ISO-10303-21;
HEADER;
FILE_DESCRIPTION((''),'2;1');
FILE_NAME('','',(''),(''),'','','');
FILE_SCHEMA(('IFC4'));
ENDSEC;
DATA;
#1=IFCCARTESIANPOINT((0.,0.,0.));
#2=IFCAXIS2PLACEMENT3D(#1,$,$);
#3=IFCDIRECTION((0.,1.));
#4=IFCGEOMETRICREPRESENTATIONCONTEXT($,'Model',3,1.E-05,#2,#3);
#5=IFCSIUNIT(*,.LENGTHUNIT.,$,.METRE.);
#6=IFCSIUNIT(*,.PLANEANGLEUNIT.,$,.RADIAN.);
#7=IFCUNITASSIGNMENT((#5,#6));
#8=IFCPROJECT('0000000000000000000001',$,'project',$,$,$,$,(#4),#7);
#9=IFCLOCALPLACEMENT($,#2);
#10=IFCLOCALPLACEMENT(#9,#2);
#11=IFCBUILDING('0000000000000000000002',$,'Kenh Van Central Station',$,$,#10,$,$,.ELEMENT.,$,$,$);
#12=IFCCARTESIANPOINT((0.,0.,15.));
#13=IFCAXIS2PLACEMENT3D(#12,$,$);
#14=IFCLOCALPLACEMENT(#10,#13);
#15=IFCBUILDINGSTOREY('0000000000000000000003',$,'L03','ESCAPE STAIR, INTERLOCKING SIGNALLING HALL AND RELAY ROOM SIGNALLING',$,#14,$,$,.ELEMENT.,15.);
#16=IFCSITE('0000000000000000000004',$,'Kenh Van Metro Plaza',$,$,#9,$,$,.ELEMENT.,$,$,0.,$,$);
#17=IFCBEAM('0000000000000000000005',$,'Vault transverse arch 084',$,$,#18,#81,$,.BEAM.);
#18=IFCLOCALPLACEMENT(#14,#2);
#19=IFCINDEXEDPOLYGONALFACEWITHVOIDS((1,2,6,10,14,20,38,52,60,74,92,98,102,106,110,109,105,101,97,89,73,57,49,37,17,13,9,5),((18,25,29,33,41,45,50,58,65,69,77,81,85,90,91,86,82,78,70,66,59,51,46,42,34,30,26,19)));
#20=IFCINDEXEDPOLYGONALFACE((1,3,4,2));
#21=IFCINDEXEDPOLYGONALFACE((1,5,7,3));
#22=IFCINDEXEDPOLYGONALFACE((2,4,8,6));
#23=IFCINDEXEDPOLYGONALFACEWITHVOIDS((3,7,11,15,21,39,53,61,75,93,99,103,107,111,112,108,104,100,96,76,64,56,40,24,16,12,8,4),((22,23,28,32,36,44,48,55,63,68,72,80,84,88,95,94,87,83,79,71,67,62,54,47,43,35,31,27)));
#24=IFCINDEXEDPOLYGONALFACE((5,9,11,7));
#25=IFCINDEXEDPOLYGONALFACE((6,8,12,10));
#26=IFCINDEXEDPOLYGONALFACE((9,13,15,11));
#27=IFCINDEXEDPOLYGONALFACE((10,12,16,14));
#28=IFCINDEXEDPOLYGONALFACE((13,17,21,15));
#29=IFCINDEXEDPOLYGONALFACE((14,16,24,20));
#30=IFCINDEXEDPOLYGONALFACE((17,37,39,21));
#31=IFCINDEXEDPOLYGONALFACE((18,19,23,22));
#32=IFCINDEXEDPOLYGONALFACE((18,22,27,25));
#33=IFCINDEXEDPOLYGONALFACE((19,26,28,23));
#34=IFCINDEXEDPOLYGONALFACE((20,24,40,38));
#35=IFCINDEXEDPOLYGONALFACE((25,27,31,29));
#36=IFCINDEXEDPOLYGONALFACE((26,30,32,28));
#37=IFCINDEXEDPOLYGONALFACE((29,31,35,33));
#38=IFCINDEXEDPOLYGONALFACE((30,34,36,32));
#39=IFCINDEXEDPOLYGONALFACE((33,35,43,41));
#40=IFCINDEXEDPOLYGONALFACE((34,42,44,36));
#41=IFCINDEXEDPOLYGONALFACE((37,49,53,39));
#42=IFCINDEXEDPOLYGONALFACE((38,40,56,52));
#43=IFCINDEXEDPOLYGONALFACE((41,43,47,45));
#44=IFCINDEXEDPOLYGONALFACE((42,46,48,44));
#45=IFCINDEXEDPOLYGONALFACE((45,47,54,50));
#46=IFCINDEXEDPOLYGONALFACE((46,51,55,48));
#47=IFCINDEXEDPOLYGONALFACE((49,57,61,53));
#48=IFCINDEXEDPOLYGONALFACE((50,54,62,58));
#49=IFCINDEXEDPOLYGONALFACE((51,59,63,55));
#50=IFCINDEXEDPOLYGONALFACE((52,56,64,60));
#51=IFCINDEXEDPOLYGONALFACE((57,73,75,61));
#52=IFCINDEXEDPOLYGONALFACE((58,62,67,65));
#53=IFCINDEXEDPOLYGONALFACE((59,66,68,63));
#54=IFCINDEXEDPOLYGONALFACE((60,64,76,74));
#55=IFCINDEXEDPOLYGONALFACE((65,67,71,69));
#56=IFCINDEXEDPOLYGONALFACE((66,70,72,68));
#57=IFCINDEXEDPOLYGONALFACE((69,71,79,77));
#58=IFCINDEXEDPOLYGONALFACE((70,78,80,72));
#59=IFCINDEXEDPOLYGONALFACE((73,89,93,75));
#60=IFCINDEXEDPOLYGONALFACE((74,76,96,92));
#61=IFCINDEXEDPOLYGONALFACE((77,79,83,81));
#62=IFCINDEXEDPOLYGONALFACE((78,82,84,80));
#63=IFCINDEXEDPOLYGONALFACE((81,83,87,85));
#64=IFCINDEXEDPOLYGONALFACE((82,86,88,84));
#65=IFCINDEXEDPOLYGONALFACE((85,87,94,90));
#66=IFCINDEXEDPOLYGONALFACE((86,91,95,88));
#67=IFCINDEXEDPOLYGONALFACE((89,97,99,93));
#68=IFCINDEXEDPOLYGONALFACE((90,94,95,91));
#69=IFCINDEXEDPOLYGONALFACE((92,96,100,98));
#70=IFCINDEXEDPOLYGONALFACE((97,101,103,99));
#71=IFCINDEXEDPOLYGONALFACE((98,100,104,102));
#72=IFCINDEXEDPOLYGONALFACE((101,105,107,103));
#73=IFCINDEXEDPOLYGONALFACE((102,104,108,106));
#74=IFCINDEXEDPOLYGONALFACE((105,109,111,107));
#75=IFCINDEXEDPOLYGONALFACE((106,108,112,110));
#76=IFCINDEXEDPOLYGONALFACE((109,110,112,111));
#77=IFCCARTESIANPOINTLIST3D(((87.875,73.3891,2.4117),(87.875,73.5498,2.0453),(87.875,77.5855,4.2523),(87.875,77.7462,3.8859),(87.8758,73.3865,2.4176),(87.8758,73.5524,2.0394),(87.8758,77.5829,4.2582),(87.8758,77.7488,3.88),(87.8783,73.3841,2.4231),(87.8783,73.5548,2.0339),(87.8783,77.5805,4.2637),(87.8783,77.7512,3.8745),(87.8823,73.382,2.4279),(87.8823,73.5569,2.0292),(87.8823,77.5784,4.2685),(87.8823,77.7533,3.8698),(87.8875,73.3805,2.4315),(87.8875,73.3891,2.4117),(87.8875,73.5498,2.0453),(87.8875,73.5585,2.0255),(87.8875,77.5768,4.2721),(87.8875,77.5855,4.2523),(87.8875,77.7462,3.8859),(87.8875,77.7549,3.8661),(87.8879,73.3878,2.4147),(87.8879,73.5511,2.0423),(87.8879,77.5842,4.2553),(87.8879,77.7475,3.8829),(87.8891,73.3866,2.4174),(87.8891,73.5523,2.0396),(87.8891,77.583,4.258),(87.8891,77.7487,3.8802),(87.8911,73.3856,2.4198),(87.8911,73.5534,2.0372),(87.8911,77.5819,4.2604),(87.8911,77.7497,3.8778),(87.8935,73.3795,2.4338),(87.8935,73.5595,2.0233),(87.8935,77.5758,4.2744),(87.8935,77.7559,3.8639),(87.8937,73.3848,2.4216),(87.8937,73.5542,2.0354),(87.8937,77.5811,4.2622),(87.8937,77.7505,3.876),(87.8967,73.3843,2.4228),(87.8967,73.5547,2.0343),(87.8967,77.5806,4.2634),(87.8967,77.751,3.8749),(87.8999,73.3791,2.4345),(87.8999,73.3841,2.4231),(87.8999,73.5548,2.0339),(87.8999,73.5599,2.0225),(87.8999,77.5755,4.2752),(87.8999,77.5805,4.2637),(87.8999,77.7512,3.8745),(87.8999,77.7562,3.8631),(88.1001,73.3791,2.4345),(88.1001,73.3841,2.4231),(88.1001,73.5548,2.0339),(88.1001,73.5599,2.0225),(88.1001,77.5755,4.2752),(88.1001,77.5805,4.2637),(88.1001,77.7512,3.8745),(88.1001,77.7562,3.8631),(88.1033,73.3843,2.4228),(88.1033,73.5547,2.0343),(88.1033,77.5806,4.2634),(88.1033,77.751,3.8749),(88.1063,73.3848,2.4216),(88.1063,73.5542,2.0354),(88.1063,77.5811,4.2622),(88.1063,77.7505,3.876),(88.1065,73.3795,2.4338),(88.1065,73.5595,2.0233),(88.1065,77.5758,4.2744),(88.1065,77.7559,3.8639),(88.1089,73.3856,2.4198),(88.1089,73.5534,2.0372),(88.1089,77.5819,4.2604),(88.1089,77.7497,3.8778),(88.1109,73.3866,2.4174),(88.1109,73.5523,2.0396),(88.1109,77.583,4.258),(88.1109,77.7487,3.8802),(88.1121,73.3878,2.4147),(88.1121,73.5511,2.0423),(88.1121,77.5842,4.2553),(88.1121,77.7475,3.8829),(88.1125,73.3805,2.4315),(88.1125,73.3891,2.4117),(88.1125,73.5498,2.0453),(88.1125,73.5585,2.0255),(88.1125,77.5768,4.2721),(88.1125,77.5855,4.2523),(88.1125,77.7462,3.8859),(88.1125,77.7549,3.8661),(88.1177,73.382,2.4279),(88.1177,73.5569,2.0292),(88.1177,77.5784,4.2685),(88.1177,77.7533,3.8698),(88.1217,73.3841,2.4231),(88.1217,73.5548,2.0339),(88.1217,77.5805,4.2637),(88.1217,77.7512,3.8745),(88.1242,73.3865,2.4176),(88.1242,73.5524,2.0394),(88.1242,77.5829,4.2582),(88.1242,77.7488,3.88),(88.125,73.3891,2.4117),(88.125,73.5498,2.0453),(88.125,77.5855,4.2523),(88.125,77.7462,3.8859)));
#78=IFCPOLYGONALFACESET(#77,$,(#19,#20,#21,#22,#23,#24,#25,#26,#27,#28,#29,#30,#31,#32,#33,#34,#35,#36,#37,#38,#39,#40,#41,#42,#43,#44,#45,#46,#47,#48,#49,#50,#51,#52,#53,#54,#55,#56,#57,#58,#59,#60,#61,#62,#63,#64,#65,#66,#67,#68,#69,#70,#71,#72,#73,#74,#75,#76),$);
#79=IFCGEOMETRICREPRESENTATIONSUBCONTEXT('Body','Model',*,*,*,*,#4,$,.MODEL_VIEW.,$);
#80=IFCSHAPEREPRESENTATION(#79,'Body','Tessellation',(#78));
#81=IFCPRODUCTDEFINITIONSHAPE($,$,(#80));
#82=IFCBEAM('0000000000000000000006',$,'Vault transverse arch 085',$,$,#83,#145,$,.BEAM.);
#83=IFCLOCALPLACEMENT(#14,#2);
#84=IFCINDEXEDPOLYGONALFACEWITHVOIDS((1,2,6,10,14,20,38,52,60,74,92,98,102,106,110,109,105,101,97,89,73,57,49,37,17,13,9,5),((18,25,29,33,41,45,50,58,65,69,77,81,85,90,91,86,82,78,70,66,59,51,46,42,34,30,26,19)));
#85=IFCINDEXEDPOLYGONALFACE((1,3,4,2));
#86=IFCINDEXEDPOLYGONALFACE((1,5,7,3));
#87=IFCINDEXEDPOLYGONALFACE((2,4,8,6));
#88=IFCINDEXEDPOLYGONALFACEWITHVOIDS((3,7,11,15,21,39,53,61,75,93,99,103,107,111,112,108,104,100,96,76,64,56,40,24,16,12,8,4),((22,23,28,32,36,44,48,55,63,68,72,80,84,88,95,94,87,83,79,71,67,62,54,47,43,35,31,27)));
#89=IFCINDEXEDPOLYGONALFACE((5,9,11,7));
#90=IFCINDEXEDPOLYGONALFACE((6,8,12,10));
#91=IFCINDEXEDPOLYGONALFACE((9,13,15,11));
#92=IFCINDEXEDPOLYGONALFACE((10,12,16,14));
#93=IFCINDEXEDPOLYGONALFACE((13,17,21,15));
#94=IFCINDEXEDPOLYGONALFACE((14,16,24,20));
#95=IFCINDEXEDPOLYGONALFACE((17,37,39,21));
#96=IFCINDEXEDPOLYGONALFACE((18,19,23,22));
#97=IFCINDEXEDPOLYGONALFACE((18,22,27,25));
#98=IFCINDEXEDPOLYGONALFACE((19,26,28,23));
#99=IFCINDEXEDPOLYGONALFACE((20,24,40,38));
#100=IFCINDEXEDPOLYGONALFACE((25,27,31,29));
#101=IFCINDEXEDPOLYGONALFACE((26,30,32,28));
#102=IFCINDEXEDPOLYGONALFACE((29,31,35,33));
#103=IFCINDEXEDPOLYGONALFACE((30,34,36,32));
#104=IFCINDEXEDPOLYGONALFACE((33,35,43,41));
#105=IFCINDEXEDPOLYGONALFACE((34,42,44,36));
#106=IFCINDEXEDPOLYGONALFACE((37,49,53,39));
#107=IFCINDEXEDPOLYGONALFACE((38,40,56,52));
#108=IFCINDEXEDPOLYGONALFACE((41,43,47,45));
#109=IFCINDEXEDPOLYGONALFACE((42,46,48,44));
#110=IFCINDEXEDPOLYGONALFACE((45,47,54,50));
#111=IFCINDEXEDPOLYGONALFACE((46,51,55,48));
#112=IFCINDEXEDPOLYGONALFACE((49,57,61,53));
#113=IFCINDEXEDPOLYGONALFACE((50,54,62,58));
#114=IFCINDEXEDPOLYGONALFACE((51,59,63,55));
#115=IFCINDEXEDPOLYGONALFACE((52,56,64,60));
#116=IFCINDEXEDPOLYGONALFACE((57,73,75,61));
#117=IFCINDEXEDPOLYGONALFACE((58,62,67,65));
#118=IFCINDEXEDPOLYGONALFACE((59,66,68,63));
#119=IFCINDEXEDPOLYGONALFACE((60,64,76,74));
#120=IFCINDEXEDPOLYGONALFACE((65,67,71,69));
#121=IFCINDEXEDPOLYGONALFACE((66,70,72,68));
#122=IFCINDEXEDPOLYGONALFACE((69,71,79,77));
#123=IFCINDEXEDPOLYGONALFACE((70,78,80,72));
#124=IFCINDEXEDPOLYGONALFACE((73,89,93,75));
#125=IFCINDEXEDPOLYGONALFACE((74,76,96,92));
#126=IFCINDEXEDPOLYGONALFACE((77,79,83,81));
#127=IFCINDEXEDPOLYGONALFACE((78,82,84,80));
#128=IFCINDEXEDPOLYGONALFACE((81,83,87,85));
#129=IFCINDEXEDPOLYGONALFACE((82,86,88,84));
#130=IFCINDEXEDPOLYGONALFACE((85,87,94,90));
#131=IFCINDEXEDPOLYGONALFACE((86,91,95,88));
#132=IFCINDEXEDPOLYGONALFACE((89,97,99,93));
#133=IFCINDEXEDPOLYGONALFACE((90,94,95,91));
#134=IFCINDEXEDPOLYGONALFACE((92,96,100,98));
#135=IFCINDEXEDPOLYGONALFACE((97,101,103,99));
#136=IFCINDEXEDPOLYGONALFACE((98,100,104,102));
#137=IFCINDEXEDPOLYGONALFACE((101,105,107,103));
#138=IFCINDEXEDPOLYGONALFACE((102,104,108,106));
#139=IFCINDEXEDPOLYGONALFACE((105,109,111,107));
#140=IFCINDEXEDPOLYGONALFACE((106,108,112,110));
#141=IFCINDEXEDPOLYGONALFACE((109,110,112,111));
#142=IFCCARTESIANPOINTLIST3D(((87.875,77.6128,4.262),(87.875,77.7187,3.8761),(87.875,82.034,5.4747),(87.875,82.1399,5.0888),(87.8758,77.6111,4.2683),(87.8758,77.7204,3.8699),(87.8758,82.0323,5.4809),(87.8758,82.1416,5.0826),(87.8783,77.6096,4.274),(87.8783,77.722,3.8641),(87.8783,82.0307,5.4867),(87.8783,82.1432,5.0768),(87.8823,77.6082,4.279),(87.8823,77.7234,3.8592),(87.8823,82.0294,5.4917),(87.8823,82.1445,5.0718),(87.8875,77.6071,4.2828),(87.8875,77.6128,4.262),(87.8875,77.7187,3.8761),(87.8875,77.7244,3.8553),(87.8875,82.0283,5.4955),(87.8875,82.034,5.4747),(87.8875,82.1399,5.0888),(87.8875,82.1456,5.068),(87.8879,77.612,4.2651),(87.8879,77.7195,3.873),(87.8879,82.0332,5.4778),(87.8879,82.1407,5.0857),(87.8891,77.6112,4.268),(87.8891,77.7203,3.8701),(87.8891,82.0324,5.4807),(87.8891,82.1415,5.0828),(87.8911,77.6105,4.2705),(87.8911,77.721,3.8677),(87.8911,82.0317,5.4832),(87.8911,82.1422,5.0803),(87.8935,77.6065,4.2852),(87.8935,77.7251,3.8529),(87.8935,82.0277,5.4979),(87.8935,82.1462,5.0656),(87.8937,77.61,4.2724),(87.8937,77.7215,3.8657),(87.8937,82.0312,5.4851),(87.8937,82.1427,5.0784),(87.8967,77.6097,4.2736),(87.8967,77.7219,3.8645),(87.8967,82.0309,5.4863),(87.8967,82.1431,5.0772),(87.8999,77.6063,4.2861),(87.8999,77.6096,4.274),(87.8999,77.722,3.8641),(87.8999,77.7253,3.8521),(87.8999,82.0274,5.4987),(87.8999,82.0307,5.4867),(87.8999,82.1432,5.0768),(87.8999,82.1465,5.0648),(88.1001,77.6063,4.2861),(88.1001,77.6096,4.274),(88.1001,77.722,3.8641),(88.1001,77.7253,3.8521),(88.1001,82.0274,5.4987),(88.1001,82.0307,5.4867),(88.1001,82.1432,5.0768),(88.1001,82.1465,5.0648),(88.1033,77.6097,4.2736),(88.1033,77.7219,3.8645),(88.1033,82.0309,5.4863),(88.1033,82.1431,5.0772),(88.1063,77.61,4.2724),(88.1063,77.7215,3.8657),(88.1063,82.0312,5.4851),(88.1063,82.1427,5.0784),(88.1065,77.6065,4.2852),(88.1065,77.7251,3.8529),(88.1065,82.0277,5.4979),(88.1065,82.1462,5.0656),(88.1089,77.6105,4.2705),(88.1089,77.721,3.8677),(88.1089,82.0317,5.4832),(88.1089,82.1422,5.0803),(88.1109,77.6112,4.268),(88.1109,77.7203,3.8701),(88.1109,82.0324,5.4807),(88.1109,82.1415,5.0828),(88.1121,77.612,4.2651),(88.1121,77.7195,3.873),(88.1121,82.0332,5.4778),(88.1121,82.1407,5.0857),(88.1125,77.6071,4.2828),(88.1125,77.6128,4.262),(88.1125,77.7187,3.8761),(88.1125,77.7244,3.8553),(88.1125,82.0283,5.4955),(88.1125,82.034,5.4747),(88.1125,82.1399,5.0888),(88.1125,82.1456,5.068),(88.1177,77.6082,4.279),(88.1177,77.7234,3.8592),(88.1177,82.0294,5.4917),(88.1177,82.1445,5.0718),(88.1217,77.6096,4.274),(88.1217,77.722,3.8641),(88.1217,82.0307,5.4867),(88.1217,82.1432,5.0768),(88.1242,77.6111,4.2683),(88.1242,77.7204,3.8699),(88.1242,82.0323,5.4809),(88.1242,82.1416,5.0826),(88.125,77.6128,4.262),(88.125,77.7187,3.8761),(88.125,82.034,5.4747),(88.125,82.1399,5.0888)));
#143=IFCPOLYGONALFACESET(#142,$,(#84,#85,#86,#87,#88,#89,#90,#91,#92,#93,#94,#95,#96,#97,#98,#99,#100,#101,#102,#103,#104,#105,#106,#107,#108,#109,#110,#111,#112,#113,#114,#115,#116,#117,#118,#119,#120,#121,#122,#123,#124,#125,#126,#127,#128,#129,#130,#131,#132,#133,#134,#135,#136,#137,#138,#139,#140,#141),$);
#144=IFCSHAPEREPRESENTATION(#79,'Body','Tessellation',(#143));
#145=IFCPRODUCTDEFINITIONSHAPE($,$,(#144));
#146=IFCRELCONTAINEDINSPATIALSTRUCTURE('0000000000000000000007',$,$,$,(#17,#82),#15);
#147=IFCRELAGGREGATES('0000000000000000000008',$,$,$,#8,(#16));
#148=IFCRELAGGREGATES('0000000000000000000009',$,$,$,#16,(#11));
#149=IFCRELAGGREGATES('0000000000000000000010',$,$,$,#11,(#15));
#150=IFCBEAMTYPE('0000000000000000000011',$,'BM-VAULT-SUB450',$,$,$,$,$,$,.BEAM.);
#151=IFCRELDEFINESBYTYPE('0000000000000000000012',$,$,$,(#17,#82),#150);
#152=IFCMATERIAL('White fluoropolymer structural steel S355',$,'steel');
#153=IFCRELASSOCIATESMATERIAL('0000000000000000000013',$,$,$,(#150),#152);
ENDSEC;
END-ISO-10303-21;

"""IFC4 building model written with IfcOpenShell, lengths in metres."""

from ifc_helpers import new_model, si_unit, direction, frame, origin, origin_2d, place, context, subcontext, project, spatial, hollow_rectangle, extrude, material, material_profile, profile_set, type_object, element, save


model = new_model("IFC4")

# Units and contexts
model_context = context("Model", 3, precision=1e-05, world=origin(), true_north=direction((0.0, 1.0)))
body_context = subcontext(model_context, "Body", "Model", "MODEL_VIEW")
ifc_project = project(units=[si_unit("LENGTHUNIT", "METRE"), si_unit("PLANEANGLEUNIT", "RADIAN")], contexts=[model_context])

# Site, building, storey
site_placement = place(None, origin())
site = spatial("IfcSite", under=ifc_project, at=site_placement, Name="Kenh Van Metro Plaza", CompositionType="ELEMENT", RefElevation=0.0)
building_placement = place(site_placement, origin())
building = spatial("IfcBuilding", under=site, at=building_placement, Name="Kenh Van Central Station", CompositionType="ELEMENT")
storey_placement = place(building_placement, frame((0.0, 0.0, 15.0)))
storey = spatial("IfcBuildingStorey", under=building, at=storey_placement, Name="L03", Description="ESCAPE STAIR, INTERLOCKING SIGNALLING HALL AND RELAY ROOM SIGNALLING", CompositionType="ELEMENT", Elevation=15.0)

# Beams
ifc_material_1 = material(Name="White fluoropolymer structural steel S355", Category="steel")
ifc_material_profile_1 = material_profile(ifc_material_1, hollow_rectangle(XDim=0.25, YDim=0.45, WallThickness=0.0125, InnerFilletRadius=0.0125, OuterFilletRadius=0.0249, at=origin_2d()), Name="RHS 450x250x12.5")
ifc_profile_set_1 = profile_set([ifc_material_profile_1], Name="White fluoropolymer structural steel S355")
beam_type_1 = type_object("IfcBeamType", Name="BM-VAULT-SUB450", PredefinedType="BEAM", material=ifc_profile_set_1)
beam_1_placement = place(storey_placement, frame((88.0, 73.4695, 2.2285), z_axis=(0.0, 0.91578, 0.40168), x_axis=(-1.0, 0.0, 0.0)))
element("IfcBeam", 1, at=beam_1_placement, inside=storey, type_object=beam_type_1, Name="Vault transverse arch 084", PredefinedType="BEAM", context=body_context, shape_type="SweptSolid", body=[
    extrude(hollow_rectangle(XDim=0.25, YDim=0.45, WallThickness=0.0125, InnerFilletRadius=0.0125, OuterFilletRadius=0.0249, at=origin_2d()), origin(), (0.0, 0.0, 1.0), 4.5823),
])
beam_2_placement = place(storey_placement, frame((88.0, 77.6658, 4.0691), z_axis=(0.0, 0.964382, 0.264514), x_axis=(-1.0, 0.0, 0.0)))
element("IfcBeam", 2, at=beam_2_placement, inside=storey, type_object=beam_type_1, Name="Vault transverse arch 085", PredefinedType="BEAM", context=body_context, shape_type="SweptSolid", body=[
    extrude(hollow_rectangle(XDim=0.25, YDim=0.45, WallThickness=0.0125, InnerFilletRadius=0.0125, OuterFilletRadius=0.0249, at=origin_2d()), origin(), (0.0, 0.0, 1.0), 4.5845),
])

save(model, "model.ifc")
